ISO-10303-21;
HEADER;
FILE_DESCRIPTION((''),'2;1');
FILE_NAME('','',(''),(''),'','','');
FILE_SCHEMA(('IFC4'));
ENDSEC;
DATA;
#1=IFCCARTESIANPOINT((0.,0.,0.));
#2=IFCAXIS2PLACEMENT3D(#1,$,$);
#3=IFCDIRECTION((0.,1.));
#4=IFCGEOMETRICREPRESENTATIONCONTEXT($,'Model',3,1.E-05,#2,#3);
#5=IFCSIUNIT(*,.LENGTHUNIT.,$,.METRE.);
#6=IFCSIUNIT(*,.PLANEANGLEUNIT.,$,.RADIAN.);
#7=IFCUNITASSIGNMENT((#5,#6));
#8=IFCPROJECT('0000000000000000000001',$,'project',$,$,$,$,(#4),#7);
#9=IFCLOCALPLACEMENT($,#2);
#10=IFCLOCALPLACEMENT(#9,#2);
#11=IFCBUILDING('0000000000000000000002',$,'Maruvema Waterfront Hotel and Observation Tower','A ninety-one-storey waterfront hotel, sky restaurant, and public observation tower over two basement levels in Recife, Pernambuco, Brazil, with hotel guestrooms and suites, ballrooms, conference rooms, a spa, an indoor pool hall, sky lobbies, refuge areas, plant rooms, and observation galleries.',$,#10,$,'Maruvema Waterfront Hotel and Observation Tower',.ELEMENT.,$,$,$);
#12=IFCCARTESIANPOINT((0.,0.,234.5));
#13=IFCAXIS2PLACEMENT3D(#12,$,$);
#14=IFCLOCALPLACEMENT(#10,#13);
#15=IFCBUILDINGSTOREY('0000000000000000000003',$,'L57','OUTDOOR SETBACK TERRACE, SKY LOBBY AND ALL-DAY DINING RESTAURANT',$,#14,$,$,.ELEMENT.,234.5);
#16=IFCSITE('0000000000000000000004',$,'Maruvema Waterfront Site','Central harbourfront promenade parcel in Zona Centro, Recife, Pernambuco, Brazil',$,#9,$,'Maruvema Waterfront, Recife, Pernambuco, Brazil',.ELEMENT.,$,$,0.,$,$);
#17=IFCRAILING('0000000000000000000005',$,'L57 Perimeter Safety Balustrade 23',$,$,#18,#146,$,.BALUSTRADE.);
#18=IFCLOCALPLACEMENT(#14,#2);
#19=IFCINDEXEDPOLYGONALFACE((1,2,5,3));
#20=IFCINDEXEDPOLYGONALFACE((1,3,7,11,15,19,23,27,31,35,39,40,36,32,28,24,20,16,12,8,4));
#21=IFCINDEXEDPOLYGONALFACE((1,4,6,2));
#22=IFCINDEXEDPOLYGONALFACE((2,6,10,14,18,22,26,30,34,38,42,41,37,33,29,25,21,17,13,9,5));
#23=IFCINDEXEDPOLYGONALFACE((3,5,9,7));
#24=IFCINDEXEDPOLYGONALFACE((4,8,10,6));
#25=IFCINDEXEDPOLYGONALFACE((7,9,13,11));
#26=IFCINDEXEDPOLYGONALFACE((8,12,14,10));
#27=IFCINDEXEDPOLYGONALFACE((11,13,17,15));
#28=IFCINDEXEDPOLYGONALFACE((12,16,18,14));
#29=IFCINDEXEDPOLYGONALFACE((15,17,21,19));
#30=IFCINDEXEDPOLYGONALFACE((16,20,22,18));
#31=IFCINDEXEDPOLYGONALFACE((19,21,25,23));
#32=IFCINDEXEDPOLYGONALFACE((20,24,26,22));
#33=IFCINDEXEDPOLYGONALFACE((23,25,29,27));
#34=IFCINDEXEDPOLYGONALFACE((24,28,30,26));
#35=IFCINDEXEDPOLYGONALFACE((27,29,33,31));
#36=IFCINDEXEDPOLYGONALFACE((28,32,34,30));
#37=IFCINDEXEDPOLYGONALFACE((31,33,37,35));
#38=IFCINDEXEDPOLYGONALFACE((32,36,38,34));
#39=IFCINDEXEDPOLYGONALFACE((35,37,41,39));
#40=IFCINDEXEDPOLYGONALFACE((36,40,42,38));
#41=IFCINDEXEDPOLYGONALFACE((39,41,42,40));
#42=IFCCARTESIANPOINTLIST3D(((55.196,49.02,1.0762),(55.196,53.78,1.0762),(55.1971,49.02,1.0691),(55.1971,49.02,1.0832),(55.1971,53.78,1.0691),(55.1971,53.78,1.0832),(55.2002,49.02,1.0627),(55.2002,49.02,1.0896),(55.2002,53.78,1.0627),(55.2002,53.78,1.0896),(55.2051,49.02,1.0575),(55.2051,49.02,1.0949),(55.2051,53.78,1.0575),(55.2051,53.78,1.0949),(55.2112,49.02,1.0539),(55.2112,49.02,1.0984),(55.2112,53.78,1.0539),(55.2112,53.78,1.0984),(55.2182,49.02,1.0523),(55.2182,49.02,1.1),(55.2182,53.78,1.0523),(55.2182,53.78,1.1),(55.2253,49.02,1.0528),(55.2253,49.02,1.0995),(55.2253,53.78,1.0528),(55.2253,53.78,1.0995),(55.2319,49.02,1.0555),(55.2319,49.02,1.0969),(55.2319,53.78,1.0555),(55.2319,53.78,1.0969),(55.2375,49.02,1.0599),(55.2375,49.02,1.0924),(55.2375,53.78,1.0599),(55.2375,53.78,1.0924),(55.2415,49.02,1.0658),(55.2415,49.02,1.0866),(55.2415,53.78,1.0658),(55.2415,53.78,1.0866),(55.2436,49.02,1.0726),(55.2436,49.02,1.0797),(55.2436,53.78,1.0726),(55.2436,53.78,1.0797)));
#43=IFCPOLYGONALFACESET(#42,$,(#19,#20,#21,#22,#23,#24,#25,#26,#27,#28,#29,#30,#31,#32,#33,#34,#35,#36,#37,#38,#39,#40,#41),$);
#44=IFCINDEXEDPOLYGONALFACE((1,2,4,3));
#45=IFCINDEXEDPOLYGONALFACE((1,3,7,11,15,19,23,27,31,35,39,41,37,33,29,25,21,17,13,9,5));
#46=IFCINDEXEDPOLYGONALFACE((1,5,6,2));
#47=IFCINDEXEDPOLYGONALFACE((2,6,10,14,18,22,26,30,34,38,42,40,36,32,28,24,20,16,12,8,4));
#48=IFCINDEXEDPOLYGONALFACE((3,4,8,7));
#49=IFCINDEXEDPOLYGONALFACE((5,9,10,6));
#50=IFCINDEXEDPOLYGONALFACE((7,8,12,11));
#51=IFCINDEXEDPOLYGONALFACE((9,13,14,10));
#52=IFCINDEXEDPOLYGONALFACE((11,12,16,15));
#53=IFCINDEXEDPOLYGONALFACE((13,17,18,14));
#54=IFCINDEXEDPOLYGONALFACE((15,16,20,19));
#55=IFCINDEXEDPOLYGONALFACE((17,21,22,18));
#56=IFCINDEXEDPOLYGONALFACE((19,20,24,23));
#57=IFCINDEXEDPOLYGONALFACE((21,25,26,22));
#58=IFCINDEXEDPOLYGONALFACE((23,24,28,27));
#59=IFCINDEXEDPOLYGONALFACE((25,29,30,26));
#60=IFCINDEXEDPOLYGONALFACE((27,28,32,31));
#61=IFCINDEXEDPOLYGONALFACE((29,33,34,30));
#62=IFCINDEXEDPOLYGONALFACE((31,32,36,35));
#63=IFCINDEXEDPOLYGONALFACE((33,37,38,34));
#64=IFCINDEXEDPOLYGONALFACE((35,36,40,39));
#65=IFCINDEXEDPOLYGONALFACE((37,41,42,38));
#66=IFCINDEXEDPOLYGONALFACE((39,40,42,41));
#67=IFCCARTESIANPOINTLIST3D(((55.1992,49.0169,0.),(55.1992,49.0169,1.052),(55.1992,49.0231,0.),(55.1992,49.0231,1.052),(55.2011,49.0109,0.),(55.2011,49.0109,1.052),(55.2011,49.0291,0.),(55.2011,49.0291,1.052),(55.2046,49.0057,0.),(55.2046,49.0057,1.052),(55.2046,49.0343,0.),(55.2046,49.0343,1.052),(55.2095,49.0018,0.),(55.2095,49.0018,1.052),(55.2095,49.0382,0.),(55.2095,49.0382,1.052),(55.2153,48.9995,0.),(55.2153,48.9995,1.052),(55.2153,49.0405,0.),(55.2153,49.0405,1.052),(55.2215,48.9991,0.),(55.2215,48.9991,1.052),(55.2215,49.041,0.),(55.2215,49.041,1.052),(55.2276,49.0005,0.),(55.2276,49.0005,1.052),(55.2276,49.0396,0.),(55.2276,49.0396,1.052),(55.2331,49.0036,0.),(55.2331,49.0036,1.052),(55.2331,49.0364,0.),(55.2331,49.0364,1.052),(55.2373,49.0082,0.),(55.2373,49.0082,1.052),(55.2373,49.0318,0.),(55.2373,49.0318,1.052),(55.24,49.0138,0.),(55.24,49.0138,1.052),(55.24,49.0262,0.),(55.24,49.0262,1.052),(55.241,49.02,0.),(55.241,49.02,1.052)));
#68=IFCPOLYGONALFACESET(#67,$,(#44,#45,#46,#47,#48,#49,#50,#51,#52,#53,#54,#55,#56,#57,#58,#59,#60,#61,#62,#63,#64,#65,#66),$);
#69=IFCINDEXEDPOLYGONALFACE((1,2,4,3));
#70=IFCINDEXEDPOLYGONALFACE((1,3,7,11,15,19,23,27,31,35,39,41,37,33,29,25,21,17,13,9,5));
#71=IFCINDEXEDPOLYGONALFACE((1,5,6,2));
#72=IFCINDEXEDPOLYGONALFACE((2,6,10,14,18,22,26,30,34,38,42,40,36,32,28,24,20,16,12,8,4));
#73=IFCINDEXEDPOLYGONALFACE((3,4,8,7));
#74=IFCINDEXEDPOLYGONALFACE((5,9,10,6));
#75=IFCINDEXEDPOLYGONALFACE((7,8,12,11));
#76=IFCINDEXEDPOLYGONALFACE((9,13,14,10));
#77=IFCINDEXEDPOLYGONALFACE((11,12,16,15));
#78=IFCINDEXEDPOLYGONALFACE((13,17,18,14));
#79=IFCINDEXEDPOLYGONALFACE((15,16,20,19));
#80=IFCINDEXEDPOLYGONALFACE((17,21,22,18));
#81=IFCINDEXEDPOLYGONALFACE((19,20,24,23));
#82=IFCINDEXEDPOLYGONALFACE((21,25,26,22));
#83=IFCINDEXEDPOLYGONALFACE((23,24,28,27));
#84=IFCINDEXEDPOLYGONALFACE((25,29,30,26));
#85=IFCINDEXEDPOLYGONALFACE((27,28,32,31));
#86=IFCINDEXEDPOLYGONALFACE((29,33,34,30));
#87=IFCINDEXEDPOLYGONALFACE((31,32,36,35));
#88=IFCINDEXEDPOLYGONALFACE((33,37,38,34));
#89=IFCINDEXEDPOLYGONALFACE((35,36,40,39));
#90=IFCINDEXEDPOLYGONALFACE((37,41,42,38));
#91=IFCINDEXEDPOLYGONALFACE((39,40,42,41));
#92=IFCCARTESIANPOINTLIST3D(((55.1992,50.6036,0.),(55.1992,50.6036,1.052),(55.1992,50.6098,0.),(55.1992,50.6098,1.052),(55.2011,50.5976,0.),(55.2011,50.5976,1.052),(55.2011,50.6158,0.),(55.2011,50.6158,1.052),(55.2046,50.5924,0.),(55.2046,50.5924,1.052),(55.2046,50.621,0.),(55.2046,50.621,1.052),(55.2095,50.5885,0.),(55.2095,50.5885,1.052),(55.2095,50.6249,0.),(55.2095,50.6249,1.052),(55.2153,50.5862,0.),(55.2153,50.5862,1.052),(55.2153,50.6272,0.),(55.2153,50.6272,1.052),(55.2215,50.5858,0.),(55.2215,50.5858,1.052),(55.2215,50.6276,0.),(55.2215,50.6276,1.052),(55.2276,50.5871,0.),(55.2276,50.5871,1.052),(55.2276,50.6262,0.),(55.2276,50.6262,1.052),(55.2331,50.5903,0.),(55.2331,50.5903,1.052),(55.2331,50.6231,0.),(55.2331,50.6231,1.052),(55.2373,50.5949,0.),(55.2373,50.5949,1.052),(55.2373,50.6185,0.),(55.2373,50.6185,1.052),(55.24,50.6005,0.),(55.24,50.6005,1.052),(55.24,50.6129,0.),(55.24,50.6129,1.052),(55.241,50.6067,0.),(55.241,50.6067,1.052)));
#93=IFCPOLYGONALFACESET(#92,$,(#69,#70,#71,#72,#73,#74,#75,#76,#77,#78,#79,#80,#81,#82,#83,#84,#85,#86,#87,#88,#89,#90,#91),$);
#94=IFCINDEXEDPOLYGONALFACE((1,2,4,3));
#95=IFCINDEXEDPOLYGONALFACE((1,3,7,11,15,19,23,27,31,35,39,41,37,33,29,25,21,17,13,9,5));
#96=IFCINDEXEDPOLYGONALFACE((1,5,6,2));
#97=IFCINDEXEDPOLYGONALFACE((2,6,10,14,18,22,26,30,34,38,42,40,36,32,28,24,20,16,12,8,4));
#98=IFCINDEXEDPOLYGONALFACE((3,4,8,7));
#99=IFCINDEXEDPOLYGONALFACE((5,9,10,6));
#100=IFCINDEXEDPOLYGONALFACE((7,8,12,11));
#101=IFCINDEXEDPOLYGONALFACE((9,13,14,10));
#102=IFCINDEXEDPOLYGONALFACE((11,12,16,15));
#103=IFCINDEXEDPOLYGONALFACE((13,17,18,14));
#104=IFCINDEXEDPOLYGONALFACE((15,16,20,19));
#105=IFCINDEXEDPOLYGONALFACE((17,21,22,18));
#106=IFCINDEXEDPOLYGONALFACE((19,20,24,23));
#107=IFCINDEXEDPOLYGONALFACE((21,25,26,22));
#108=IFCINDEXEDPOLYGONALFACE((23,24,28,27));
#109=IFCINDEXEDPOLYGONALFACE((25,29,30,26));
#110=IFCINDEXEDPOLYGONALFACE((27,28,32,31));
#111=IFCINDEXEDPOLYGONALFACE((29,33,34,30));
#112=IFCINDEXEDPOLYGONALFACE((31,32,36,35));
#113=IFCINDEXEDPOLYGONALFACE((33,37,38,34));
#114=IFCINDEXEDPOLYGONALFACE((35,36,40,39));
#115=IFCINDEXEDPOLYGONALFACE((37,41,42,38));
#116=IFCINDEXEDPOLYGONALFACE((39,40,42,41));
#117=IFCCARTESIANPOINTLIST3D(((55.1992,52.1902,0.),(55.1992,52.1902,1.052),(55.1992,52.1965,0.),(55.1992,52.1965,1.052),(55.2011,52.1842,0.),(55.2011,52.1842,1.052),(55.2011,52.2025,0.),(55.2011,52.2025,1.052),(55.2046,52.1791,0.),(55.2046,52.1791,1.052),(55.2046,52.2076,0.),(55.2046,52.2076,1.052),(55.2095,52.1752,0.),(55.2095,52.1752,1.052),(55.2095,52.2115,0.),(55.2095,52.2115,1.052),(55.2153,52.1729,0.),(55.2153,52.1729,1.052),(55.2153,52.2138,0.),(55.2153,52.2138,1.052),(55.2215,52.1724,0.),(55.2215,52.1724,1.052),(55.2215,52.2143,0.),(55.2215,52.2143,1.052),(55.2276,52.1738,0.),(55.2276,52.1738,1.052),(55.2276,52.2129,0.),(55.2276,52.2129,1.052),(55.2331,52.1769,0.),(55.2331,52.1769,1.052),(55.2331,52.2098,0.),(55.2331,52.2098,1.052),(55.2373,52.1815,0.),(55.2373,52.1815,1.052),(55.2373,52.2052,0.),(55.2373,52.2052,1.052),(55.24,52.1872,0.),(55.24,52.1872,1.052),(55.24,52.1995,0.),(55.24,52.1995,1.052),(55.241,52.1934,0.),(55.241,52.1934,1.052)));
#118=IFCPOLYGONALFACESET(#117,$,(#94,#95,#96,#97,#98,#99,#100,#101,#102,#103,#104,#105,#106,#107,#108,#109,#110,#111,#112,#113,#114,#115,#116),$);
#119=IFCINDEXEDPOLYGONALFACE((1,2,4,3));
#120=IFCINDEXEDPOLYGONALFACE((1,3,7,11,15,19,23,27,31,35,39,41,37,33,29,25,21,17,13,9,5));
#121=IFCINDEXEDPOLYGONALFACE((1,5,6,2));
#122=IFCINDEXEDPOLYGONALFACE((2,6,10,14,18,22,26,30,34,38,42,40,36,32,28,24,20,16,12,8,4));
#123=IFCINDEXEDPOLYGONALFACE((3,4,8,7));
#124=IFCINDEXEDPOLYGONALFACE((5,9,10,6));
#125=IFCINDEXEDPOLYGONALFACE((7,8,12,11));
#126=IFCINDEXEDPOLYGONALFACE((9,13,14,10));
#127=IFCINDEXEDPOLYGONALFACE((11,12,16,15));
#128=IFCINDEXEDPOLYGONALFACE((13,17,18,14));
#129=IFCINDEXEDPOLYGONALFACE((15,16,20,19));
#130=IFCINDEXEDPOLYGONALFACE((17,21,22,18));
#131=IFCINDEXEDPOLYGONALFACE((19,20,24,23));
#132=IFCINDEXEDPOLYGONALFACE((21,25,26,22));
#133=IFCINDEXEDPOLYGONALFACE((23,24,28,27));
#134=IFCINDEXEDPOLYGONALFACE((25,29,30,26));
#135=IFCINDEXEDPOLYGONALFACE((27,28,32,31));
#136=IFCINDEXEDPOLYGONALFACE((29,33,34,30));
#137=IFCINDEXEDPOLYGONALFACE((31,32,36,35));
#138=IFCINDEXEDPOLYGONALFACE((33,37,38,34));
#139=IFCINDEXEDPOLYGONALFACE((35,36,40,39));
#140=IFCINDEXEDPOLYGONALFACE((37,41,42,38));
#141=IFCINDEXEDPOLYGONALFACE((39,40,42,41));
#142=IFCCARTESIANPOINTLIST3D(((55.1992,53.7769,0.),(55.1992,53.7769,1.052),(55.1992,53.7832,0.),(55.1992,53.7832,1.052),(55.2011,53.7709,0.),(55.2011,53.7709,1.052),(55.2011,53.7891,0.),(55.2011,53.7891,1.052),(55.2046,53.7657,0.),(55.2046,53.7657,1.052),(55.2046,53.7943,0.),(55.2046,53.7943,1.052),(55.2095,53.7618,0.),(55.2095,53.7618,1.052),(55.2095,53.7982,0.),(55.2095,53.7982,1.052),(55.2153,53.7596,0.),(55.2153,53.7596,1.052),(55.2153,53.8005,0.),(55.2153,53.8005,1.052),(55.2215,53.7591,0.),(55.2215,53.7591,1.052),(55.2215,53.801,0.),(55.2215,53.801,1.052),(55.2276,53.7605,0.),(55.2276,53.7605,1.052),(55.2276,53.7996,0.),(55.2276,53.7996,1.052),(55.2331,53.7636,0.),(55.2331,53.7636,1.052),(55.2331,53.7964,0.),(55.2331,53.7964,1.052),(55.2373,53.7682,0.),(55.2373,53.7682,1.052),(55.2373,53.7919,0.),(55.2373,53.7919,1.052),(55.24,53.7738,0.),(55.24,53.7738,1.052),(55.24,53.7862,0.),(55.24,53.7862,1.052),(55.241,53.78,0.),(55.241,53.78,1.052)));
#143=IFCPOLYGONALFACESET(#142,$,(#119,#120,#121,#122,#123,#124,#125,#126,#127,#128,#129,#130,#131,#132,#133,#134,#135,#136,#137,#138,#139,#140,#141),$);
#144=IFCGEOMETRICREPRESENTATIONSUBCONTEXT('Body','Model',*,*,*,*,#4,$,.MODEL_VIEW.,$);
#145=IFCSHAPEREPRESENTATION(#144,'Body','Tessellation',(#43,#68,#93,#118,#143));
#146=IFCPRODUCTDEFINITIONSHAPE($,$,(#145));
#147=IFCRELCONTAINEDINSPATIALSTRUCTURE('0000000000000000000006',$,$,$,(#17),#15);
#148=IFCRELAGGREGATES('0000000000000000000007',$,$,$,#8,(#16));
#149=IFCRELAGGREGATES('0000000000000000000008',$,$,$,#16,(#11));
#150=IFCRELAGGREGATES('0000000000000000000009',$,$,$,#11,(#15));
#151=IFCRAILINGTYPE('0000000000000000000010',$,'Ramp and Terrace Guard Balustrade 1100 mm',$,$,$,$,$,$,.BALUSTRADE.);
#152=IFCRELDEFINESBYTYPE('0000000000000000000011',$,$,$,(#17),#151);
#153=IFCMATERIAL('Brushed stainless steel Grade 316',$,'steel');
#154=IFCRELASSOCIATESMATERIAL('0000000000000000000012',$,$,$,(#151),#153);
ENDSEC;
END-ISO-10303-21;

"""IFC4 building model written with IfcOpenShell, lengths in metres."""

from ifc_helpers import new_model, si_unit, direction, frame, origin, origin_2d, place, context, subcontext, project, spatial, circle, extrude, material, type_object, element, save


model = new_model("IFC4")

# Units and contexts
model_context = context("Model", 3, precision=1e-05, world=origin(), true_north=direction((0.0, 1.0)))
body_context = subcontext(model_context, "Body", "Model", "MODEL_VIEW")
ifc_project = project(units=[si_unit("LENGTHUNIT", "METRE"), si_unit("PLANEANGLEUNIT", "RADIAN")], contexts=[model_context])

# Site, building, storey
site_placement = place(None, origin())
site = spatial("IfcSite", under=ifc_project, at=site_placement, Name="Maruvema Waterfront Site", Description="Central harbourfront promenade parcel in Zona Centro, Recife, Pernambuco, Brazil", LongName="Maruvema Waterfront, Recife, Pernambuco, Brazil", CompositionType="ELEMENT", RefElevation=0.0)
building_placement = place(site_placement, origin())
building = spatial("IfcBuilding", under=site, at=building_placement, Name="Maruvema Waterfront Hotel and Observation Tower", Description="A ninety-one-storey waterfront hotel, sky restaurant, and public observation tower over two basement levels in Recife, Pernambuco, Brazil, with hotel guestrooms and suites, ballrooms, conference rooms, a spa, an indoor pool hall, sky lobbies, refuge areas, plant rooms, and observation galleries.", LongName="Maruvema Waterfront Hotel and Observation Tower", CompositionType="ELEMENT")
storey_placement = place(building_placement, frame((0.0, 0.0, 234.5)))
storey = spatial("IfcBuildingStorey", under=building, at=storey_placement, Name="L57", Description="OUTDOOR SETBACK TERRACE, SKY LOBBY AND ALL-DAY DINING RESTAURANT", CompositionType="ELEMENT", Elevation=234.5)

# Railing
ifc_material_1 = material(Name="Brushed stainless steel Grade 316", Category="steel")
railing_type_1 = type_object("IfcRailingType", Name="Ramp and Terrace Guard Balustrade 1100 mm", PredefinedType="BALUSTRADE", material=ifc_material_1)
railing_1_placement = place(storey_placement, frame((55.22, 49.02, 0.0)))
element("IfcRailing", 1, at=railing_1_placement, inside=storey, type_object=railing_type_1, Name="L57 Perimeter Safety Balustrade 23", PredefinedType="BALUSTRADE", context=body_context, shape_type="SweptSolid", body=[
    extrude(circle(Radius=0.0239, at=origin_2d()), frame((0.0, 0.0, 1.0762), z_axis=(0.0, 1.0, 0.0), x_axis=(-1.0, 0.0, 0.0)), (0.0, 0.0, 1.0), 4.76),
    extrude(circle(Radius=0.021, at=origin_2d()), origin(), (0.0, 0.0, 1.0), 1.052),
    extrude(circle(Radius=0.021, at=origin_2d()), frame((0.0, 1.5867, 0.0)), (0.0, 0.0, 1.0), 1.052),
    extrude(circle(Radius=0.021, at=origin_2d()), frame((0.0, 3.1733, 0.0)), (0.0, 0.0, 1.0), 1.052),
    extrude(circle(Radius=0.021, at=origin_2d()), frame((0.0, 4.76, 0.0)), (0.0, 0.0, 1.0), 1.052),
])

save(model, "model.ifc")
